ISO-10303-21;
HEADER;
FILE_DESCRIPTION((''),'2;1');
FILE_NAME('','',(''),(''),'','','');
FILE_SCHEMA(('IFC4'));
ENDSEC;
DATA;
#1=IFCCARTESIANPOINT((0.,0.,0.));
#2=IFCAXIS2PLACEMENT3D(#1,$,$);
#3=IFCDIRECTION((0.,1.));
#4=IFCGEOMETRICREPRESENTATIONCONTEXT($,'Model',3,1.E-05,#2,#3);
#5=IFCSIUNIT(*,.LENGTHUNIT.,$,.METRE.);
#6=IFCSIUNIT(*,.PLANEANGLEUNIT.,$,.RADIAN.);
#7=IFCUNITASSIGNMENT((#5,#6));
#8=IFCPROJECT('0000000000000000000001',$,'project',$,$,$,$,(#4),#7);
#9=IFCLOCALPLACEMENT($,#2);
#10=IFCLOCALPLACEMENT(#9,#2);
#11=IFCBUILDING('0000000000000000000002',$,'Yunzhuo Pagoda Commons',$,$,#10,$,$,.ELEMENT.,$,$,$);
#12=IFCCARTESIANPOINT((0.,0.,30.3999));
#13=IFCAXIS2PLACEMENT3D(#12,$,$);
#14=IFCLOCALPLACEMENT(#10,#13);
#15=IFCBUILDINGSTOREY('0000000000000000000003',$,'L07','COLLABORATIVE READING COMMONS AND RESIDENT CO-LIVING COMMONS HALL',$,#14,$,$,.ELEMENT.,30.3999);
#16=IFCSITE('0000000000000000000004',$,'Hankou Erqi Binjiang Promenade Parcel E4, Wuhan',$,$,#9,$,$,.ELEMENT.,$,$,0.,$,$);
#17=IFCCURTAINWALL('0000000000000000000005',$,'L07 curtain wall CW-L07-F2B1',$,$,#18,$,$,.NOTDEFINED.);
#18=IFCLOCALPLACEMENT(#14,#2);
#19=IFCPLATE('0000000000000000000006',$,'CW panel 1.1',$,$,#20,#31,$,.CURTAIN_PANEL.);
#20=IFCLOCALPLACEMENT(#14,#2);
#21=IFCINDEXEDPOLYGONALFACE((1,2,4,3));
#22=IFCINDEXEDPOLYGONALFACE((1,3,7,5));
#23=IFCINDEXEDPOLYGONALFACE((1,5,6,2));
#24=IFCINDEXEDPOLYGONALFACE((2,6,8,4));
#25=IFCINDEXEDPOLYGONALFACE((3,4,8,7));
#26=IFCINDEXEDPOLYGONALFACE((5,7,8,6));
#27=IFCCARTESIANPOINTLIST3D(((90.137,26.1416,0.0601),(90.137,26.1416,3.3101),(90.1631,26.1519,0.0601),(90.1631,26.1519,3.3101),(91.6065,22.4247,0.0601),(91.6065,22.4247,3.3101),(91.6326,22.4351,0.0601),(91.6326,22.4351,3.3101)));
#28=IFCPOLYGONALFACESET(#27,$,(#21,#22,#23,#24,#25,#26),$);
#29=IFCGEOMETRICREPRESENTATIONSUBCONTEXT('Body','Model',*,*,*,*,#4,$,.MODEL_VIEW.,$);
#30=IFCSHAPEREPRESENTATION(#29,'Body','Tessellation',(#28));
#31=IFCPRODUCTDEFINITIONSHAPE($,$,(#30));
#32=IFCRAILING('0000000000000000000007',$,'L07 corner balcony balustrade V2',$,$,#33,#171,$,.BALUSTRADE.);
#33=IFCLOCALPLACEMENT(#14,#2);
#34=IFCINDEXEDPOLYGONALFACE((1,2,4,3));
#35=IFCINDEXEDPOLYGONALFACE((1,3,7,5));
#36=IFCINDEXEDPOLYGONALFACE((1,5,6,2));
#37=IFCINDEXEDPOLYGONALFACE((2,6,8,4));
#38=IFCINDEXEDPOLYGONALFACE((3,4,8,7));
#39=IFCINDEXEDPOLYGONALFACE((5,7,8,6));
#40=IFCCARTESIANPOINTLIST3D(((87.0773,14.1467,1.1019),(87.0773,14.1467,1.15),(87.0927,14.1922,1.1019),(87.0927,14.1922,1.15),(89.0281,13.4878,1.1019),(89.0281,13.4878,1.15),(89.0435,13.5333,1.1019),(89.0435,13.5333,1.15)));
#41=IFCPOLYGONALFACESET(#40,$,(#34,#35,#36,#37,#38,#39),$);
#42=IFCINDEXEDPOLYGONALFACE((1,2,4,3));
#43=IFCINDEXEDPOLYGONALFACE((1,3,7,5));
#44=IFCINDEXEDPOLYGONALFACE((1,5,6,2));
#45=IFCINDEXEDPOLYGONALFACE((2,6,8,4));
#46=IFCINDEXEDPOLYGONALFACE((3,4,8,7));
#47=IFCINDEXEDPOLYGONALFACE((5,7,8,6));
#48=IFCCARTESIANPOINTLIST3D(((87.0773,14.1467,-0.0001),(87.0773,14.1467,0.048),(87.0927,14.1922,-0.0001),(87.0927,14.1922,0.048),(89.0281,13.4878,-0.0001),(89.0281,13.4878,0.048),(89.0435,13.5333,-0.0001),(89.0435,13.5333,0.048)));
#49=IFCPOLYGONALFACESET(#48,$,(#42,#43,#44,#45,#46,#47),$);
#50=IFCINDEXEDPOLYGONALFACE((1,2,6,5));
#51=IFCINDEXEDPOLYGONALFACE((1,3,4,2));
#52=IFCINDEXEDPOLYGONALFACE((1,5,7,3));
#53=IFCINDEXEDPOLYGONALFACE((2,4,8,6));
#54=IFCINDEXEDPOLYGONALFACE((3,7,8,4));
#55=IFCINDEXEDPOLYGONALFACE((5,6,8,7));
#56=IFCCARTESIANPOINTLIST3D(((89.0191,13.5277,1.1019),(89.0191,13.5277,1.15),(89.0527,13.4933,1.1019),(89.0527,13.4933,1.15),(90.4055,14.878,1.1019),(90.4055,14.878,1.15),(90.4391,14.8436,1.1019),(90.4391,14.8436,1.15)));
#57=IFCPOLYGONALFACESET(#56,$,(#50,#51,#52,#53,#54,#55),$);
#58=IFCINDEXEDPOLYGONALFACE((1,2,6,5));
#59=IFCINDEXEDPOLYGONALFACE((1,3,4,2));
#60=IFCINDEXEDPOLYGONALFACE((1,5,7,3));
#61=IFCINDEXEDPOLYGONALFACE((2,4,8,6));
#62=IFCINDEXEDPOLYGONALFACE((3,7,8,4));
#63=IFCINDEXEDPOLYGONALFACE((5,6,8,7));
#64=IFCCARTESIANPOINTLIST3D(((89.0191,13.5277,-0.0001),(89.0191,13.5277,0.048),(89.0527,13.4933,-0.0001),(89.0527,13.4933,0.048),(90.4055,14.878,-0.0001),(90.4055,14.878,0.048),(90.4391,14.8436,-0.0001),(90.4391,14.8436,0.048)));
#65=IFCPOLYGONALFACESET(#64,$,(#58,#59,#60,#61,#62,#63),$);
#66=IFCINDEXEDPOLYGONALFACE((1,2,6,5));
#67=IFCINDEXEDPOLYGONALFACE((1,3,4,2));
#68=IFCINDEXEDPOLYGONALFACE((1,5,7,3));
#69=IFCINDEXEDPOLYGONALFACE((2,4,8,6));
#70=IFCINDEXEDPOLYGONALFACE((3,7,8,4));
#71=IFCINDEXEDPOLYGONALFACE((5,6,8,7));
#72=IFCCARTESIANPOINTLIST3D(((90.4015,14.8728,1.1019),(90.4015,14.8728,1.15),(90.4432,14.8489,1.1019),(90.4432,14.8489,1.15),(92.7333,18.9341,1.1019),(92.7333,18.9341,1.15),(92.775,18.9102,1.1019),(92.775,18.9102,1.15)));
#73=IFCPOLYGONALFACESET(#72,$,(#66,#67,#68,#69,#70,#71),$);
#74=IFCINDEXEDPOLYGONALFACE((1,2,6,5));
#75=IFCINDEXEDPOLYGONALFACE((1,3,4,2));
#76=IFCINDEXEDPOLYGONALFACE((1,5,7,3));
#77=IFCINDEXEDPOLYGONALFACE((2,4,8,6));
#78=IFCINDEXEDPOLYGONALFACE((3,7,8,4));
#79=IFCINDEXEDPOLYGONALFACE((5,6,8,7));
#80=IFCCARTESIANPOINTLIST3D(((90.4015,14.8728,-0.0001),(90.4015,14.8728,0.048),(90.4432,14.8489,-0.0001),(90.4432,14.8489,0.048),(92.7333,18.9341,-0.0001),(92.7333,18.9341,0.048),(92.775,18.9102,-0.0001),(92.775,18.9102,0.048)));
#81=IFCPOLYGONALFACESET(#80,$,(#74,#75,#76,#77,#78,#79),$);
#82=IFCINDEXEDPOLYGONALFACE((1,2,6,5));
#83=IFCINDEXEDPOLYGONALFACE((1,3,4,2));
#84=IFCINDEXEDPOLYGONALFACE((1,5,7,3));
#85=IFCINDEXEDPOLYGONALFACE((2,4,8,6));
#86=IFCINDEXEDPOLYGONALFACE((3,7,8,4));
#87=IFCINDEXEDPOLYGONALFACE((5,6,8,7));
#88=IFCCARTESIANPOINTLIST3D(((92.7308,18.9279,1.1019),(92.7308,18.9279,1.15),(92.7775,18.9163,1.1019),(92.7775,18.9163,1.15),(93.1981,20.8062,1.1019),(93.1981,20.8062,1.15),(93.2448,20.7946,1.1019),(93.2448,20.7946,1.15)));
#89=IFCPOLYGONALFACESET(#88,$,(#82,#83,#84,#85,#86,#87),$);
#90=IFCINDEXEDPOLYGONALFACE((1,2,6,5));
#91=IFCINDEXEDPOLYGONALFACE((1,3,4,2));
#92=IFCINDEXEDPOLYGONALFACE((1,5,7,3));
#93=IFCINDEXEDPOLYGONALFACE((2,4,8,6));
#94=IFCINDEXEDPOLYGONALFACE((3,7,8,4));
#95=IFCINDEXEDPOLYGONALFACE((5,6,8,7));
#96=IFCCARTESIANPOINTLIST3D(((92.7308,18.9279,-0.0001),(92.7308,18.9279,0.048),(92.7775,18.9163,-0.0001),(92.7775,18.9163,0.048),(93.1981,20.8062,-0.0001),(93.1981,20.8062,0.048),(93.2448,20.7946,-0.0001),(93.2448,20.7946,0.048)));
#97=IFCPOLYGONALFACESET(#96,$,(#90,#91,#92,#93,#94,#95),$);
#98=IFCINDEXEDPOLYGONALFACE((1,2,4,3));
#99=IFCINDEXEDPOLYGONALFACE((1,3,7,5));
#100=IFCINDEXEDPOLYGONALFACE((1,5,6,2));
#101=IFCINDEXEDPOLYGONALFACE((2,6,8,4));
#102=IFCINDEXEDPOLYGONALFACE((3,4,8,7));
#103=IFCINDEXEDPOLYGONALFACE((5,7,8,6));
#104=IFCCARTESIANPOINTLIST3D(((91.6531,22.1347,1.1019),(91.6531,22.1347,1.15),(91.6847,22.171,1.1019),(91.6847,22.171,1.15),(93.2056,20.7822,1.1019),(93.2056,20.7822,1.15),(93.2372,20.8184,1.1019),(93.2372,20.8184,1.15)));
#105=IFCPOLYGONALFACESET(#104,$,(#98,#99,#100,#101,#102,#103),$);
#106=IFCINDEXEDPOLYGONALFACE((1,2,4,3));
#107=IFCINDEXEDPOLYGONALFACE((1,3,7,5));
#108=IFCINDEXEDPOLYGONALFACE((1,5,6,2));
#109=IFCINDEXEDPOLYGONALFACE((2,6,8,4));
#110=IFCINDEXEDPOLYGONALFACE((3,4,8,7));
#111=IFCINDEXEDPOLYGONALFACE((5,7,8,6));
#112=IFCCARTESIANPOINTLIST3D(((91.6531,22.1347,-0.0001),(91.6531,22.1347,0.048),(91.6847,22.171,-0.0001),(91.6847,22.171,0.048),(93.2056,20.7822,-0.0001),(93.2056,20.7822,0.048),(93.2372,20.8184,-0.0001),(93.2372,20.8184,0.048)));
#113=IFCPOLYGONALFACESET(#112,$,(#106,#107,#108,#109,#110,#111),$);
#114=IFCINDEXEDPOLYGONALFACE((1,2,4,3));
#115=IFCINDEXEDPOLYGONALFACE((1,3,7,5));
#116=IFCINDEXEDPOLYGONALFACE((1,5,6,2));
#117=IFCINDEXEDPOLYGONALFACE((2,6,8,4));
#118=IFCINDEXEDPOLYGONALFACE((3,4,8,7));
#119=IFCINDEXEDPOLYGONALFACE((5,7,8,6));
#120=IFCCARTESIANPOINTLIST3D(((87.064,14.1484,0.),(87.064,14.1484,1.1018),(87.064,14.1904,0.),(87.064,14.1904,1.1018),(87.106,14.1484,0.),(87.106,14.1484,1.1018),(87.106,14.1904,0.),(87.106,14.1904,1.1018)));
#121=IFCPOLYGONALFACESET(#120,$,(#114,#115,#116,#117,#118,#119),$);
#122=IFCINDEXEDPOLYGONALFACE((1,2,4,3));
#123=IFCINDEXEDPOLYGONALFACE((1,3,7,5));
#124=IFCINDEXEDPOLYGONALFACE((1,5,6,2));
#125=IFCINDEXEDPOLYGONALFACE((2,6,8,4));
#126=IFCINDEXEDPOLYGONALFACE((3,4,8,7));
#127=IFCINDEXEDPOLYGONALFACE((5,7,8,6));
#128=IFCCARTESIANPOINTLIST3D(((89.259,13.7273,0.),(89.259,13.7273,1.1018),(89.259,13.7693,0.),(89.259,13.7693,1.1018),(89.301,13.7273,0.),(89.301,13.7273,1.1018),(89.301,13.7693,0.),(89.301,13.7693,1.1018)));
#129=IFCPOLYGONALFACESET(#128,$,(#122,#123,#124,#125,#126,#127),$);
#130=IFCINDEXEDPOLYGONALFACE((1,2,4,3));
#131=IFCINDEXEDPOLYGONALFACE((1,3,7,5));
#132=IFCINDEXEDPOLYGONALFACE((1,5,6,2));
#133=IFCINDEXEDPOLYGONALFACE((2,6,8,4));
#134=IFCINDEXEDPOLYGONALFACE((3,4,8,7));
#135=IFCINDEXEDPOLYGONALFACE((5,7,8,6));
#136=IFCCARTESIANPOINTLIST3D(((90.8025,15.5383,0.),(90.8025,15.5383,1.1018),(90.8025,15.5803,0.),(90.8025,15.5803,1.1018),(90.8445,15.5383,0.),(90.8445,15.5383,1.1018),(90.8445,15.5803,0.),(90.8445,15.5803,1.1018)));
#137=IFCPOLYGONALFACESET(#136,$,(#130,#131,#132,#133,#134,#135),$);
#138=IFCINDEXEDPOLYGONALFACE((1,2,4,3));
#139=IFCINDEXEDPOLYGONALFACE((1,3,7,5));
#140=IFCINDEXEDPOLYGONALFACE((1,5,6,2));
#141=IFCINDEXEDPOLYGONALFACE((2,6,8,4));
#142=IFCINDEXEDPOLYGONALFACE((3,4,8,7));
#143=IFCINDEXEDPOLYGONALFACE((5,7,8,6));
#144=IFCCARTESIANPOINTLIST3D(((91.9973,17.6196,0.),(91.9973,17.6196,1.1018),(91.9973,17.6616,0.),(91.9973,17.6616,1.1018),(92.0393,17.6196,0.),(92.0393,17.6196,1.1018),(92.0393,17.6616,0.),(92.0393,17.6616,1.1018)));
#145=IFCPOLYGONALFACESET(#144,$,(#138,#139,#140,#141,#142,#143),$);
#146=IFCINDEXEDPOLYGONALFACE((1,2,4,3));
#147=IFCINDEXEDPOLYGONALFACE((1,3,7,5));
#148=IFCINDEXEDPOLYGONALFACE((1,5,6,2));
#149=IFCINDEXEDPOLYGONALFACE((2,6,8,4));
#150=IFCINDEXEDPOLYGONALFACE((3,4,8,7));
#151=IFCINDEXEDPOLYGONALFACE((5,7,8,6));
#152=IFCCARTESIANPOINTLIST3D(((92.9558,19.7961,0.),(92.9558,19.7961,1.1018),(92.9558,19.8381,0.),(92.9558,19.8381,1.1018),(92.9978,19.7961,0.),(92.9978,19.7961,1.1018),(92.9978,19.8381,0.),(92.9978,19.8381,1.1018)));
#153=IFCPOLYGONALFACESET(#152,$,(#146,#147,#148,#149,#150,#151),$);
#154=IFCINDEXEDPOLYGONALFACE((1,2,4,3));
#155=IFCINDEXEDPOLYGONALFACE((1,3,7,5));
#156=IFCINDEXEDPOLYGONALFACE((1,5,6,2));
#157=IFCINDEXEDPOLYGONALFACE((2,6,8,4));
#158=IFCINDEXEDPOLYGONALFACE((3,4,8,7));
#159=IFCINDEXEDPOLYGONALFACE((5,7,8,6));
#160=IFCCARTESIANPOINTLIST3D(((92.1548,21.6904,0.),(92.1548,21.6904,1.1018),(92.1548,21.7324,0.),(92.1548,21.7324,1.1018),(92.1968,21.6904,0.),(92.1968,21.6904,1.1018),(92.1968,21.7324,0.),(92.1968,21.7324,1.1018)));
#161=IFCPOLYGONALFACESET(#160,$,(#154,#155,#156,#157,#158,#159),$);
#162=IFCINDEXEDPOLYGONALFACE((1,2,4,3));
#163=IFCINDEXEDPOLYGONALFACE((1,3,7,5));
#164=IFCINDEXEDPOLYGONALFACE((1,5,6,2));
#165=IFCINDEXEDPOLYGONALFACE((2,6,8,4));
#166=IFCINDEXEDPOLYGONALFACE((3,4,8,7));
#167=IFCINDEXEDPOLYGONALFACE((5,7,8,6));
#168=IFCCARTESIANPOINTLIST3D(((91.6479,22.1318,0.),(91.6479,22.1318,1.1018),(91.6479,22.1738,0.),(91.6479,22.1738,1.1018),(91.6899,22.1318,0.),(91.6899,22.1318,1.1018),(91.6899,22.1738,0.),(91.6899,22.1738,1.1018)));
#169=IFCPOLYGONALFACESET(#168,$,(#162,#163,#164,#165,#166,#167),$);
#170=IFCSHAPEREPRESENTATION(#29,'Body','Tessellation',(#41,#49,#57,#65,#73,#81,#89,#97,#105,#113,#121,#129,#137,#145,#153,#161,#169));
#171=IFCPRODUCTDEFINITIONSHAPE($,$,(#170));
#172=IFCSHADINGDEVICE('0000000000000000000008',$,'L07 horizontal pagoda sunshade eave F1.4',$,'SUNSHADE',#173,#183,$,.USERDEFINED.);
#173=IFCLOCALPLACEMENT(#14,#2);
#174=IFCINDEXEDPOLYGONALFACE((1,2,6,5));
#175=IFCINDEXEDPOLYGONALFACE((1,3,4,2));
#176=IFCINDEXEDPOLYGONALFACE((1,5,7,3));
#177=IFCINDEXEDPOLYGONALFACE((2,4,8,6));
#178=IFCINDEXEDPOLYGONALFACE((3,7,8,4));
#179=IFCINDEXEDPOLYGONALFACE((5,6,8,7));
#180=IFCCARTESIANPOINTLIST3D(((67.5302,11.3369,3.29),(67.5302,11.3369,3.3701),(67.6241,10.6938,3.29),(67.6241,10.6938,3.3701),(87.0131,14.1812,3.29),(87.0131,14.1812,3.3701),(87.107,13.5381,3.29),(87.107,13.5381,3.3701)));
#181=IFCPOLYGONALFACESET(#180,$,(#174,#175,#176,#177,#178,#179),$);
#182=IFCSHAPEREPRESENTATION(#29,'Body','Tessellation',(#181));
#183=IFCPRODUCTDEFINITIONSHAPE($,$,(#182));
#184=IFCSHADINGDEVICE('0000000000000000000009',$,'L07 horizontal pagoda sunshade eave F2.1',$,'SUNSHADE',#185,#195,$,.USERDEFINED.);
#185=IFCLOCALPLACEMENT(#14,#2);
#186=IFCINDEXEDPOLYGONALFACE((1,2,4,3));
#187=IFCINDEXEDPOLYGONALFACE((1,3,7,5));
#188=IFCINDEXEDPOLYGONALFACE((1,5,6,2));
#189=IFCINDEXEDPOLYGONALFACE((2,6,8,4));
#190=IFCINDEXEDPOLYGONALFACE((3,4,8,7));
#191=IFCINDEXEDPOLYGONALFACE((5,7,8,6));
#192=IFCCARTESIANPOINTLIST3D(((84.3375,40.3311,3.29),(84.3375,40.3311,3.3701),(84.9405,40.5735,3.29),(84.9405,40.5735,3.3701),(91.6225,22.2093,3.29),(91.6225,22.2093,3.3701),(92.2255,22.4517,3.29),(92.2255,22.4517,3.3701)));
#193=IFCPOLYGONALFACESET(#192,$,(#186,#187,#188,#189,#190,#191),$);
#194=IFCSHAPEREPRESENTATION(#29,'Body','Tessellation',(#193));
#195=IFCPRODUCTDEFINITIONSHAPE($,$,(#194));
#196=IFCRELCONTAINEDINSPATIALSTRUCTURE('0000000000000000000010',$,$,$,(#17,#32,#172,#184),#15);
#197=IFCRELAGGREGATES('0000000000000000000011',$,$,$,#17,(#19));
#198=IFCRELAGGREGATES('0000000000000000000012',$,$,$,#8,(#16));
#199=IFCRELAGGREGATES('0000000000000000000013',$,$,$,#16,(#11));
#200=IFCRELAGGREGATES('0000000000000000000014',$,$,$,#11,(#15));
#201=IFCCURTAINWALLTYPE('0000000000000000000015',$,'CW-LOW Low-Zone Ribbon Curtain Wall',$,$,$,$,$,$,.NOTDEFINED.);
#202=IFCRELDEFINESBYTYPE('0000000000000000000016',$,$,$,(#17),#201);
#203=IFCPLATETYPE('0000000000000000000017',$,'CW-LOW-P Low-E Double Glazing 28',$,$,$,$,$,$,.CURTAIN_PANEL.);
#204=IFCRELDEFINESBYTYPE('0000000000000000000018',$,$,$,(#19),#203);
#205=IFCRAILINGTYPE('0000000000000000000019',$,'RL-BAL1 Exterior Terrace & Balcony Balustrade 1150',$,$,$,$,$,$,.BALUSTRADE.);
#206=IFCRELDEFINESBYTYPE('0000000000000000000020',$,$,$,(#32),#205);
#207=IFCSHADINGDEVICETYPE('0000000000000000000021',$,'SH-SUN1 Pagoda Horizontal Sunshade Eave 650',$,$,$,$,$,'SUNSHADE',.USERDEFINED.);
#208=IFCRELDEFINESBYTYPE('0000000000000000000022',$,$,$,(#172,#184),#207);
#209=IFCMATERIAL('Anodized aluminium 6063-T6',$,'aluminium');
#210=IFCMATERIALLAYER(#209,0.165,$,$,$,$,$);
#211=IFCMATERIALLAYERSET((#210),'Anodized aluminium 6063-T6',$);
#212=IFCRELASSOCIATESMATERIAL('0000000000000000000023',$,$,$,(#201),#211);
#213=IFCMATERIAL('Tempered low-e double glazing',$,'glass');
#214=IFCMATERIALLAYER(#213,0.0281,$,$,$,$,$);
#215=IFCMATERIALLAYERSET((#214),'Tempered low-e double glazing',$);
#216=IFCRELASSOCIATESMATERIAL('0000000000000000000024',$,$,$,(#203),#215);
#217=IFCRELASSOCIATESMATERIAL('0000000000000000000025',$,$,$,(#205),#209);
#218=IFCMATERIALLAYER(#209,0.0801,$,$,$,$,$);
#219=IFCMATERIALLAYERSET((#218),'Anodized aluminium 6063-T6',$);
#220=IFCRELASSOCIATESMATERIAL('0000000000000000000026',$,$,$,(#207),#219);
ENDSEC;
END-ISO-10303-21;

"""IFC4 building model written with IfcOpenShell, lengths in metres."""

from ifc_helpers import new_model, si_unit, direction, frame, origin, origin_2d, place, context, subcontext, project, spatial, rectangle, extrude, source, transform, mapped, material, layer, layer_set, type_object, element, aggregate, save


model = new_model("IFC4")

# Units and contexts
model_context = context("Model", 3, precision=1e-05, world=origin(), true_north=direction((0.0, 1.0)))
body_context = subcontext(model_context, "Body", "Model", "MODEL_VIEW")
ifc_project = project(units=[si_unit("LENGTHUNIT", "METRE"), si_unit("PLANEANGLEUNIT", "RADIAN")], contexts=[model_context])

# Site, building, storey
site_placement = place(None, origin())
site = spatial("IfcSite", under=ifc_project, at=site_placement, Name="Hankou Erqi Binjiang Promenade Parcel E4, Wuhan", CompositionType="ELEMENT", RefElevation=0.0)
building_placement = place(site_placement, origin())
building = spatial("IfcBuilding", under=site, at=building_placement, Name="Yunzhuo Pagoda Commons", CompositionType="ELEMENT")
storey_placement = place(building_placement, frame((0.0, 0.0, 30.3999)))
storey = spatial("IfcBuildingStorey", under=building, at=storey_placement, Name="L07", Description="COLLABORATIVE READING COMMONS AND RESIDENT CO-LIVING COMMONS HALL", CompositionType="ELEMENT", Elevation=30.3999)

# Shared definitions
ifc_material_1 = material(Name="Anodized aluminium 6063-T6", Category="aluminium")
ifc_layer_1 = layer(ifc_material_1, 0.165)
ifc_layer_set_1 = layer_set([ifc_layer_1], Name="Anodized aluminium 6063-T6")
curtain_wall_type = type_object("IfcCurtainWallType", Name="CW-LOW Low-Zone Ribbon Curtain Wall", PredefinedType="NOTDEFINED", material=ifc_layer_set_1)

# Curtain wall
curtain_wall_1_placement = place(storey_placement, origin())
curtain_wall_1 = element("IfcCurtainWall", 1, at=curtain_wall_1_placement, inside=storey, type_object=curtain_wall_type, Name="L07 curtain wall CW-L07-F2B1", PredefinedType="NOTDEFINED")

# Plate
ifc_material_2 = material(Name="Tempered low-e double glazing", Category="glass")
ifc_layer_2 = layer(ifc_material_2, 0.0281)
ifc_layer_set_2 = layer_set([ifc_layer_2], Name="Tempered low-e double glazing")
plate_type_1 = type_object("IfcPlateType", Name="CW-LOW-P Low-E Double Glazing 28", PredefinedType="CURTAIN_PANEL", material=ifc_layer_set_2)
shared_shape_1 = source(origin(), body_context, "Body", "SweptSolid", [
    extrude(rectangle(XDim=3.9968, YDim=0.0281, at=origin_2d()), origin(), (0.0, 0.0, 1.0), 3.25),
])
plate_1_placement = place(storey_placement, frame((90.8848, 24.2883, 0.0601), z_axis=(0.0, 0.0, 1.0), x_axis=(-0.367665, 0.929958, 0.0)))
plate_1 = element("IfcPlate", 2, at=plate_1_placement, type_object=plate_type_1, Name="CW panel 1.1", PredefinedType="CURTAIN_PANEL", context=body_context, shape_type="MappedRepresentation", body=[
    mapped(shared_shape_1, transform((0.0, 0.0, 0.0), scale=1.0)),
])
aggregate(curtain_wall_1, [plate_1])

# Railing
railing_type = type_object("IfcRailingType", Name="RL-BAL1 Exterior Terrace & Balcony Balustrade 1150", PredefinedType="BALUSTRADE", material=ifc_material_1)
railing_placement = place(storey_placement, frame((87.085, 14.1694, 0.0)))
element("IfcRailing", 3, at=railing_placement, inside=storey, type_object=railing_type, Name="L07 corner balcony balustrade V2", PredefinedType="BALUSTRADE", context=body_context, shape_type="SweptSolid", body=[
    extrude(rectangle(XDim=0.0481, YDim=0.0481, at=origin_2d()), frame((0.0, 0.0, 1.126), z_axis=(0.947419, -0.319996, 0.0), x_axis=(0.319996, 0.947419, 0.0)), (0.0, 0.0, 1.0), 2.0591),
    extrude(rectangle(XDim=0.0481, YDim=0.0481, at=origin_2d()), frame((0.0, 0.0, 0.0239), z_axis=(0.947419, -0.319996, 0.0), x_axis=(0.319996, 0.947419, 0.0)), (0.0, 0.0, 1.0), 2.0591),
    extrude(rectangle(XDim=0.0481, YDim=0.0481, at=origin_2d()), frame((1.9509, -0.6589, 1.126), z_axis=(0.71638, 0.69771, 0.0), x_axis=(-0.69771, 0.71638, 0.0)), (0.0, 0.0, 1.0), 1.9353),
    extrude(rectangle(XDim=0.0481, YDim=0.0481, at=origin_2d()), frame((1.9509, -0.6589, 0.0239), z_axis=(0.71638, 0.69771, 0.0), x_axis=(-0.69771, 0.71638, 0.0)), (0.0, 0.0, 1.0), 1.9353),
    extrude(rectangle(XDim=0.0481, YDim=0.0481, at=origin_2d()), frame((3.3374, 0.6914, 1.126), z_axis=(0.497918, 0.867224, 0.0), x_axis=(-0.867224, 0.497918, 0.0)), (0.0, 0.0, 1.0), 4.6831),
    extrude(rectangle(XDim=0.0481, YDim=0.0481, at=origin_2d()), frame((3.3374, 0.6914, 0.0239), z_axis=(0.497918, 0.867224, 0.0), x_axis=(-0.867224, 0.497918, 0.0)), (0.0, 0.0, 1.0), 4.6831),
    extrude(rectangle(XDim=0.0481, YDim=0.0481, at=origin_2d()), frame((5.6692, 4.7527, 1.126), z_axis=(0.241437, 0.970416, 0.0), x_axis=(-0.970416, 0.241437, 0.0)), (0.0, 0.0, 1.0), 1.9355),
    extrude(rectangle(XDim=0.0481, YDim=0.0481, at=origin_2d()), frame((5.6692, 4.7527, 0.0239), z_axis=(0.241437, 0.970416, 0.0), x_axis=(-0.970416, 0.241437, 0.0)), (0.0, 0.0, 1.0), 1.9355),
    extrude(rectangle(XDim=0.0481, YDim=0.0481, at=origin_2d()), frame((6.1365, 6.6309, 1.126), z_axis=(-0.753993, 0.656883, 0.0), x_axis=(-0.656883, -0.753993, 0.0)), (0.0, 0.0, 1.0), 2.0591),
    extrude(rectangle(XDim=0.0481, YDim=0.0481, at=origin_2d()), frame((6.1365, 6.6309, 0.0239), z_axis=(-0.753993, 0.656883, 0.0), x_axis=(-0.656883, -0.753993, 0.0)), (0.0, 0.0, 1.0), 2.0591),
    extrude(rectangle(XDim=0.042, YDim=0.042, at=origin_2d()), origin(), (0.0, 0.0, 1.0), 1.1018),
    extrude(rectangle(XDim=0.042, YDim=0.042, at=origin_2d()), frame((2.1951, -0.4211, 0.0)), (0.0, 0.0, 1.0), 1.1018),
    extrude(rectangle(XDim=0.042, YDim=0.042, at=origin_2d()), frame((3.7385, 1.3899, 0.0)), (0.0, 0.0, 1.0), 1.1018),
    extrude(rectangle(XDim=0.042, YDim=0.042, at=origin_2d()), frame((4.9333, 3.4712, 0.0)), (0.0, 0.0, 1.0), 1.1018),
    extrude(rectangle(XDim=0.042, YDim=0.042, at=origin_2d()), frame((5.8918, 5.6477, 0.0)), (0.0, 0.0, 1.0), 1.1018),
    extrude(rectangle(XDim=0.042, YDim=0.042, at=origin_2d()), frame((5.0908, 7.542, 0.0)), (0.0, 0.0, 1.0), 1.1018),
    extrude(rectangle(XDim=0.042, YDim=0.042, at=origin_2d()), frame((4.584, 7.9834, 0.0)), (0.0, 0.0, 1.0), 1.1018),
])

# Shading devices
ifc_layer_3 = layer(ifc_material_1, 0.0801)
ifc_layer_set_3 = layer_set([ifc_layer_3], Name="Anodized aluminium 6063-T6")
shading_device_type = type_object("IfcShadingDeviceType", Name="SH-SUN1 Pagoda Horizontal Sunshade Eave 650", ElementType="SUNSHADE", PredefinedType="USERDEFINED", material=ifc_layer_set_3)
shared_shape_2 = source(origin(), body_context, "Body", "SweptSolid", [
    extrude(rectangle(XDim=19.6895, YDim=0.6499, at=origin_2d()), origin(), (0.0, 0.0, 1.0), 0.0801),
])
shading_device_1_placement = place(storey_placement, frame((77.3186, 12.4375, 3.29), z_axis=(0.0, 0.0, 1.0), x_axis=(0.989511, 0.14446, 0.0)))
element("IfcShadingDevice", 4, at=shading_device_1_placement, inside=storey, type_object=shading_device_type, Name="L07 horizontal pagoda sunshade eave F1.4", ObjectType="SUNSHADE", PredefinedType="USERDEFINED", context=body_context, shape_type="MappedRepresentation", body=[
    mapped(shared_shape_2, transform((0.0, 0.0, 0.0), scale=1.0)),
])
shared_shape_3 = source(origin(), body_context, "Body", "SweptSolid", [
    extrude(rectangle(XDim=19.5312, YDim=0.6499, at=origin_2d()), origin(), (0.0, 0.0, 1.0), 0.0801),
])
shading_device_2_placement = place(storey_placement, frame((88.2815, 31.3914, 3.29), z_axis=(0.0, 0.0, 1.0), x_axis=(-0.372988, 0.927836, 0.0)))
element("IfcShadingDevice", 5, at=shading_device_2_placement, inside=storey, type_object=shading_device_type, Name="L07 horizontal pagoda sunshade eave F2.1", ObjectType="SUNSHADE", PredefinedType="USERDEFINED", context=body_context, shape_type="MappedRepresentation", body=[
    mapped(shared_shape_3, transform((0.0, 0.0, 0.0), scale=1.0)),
])

save(model, "model.ifc")
